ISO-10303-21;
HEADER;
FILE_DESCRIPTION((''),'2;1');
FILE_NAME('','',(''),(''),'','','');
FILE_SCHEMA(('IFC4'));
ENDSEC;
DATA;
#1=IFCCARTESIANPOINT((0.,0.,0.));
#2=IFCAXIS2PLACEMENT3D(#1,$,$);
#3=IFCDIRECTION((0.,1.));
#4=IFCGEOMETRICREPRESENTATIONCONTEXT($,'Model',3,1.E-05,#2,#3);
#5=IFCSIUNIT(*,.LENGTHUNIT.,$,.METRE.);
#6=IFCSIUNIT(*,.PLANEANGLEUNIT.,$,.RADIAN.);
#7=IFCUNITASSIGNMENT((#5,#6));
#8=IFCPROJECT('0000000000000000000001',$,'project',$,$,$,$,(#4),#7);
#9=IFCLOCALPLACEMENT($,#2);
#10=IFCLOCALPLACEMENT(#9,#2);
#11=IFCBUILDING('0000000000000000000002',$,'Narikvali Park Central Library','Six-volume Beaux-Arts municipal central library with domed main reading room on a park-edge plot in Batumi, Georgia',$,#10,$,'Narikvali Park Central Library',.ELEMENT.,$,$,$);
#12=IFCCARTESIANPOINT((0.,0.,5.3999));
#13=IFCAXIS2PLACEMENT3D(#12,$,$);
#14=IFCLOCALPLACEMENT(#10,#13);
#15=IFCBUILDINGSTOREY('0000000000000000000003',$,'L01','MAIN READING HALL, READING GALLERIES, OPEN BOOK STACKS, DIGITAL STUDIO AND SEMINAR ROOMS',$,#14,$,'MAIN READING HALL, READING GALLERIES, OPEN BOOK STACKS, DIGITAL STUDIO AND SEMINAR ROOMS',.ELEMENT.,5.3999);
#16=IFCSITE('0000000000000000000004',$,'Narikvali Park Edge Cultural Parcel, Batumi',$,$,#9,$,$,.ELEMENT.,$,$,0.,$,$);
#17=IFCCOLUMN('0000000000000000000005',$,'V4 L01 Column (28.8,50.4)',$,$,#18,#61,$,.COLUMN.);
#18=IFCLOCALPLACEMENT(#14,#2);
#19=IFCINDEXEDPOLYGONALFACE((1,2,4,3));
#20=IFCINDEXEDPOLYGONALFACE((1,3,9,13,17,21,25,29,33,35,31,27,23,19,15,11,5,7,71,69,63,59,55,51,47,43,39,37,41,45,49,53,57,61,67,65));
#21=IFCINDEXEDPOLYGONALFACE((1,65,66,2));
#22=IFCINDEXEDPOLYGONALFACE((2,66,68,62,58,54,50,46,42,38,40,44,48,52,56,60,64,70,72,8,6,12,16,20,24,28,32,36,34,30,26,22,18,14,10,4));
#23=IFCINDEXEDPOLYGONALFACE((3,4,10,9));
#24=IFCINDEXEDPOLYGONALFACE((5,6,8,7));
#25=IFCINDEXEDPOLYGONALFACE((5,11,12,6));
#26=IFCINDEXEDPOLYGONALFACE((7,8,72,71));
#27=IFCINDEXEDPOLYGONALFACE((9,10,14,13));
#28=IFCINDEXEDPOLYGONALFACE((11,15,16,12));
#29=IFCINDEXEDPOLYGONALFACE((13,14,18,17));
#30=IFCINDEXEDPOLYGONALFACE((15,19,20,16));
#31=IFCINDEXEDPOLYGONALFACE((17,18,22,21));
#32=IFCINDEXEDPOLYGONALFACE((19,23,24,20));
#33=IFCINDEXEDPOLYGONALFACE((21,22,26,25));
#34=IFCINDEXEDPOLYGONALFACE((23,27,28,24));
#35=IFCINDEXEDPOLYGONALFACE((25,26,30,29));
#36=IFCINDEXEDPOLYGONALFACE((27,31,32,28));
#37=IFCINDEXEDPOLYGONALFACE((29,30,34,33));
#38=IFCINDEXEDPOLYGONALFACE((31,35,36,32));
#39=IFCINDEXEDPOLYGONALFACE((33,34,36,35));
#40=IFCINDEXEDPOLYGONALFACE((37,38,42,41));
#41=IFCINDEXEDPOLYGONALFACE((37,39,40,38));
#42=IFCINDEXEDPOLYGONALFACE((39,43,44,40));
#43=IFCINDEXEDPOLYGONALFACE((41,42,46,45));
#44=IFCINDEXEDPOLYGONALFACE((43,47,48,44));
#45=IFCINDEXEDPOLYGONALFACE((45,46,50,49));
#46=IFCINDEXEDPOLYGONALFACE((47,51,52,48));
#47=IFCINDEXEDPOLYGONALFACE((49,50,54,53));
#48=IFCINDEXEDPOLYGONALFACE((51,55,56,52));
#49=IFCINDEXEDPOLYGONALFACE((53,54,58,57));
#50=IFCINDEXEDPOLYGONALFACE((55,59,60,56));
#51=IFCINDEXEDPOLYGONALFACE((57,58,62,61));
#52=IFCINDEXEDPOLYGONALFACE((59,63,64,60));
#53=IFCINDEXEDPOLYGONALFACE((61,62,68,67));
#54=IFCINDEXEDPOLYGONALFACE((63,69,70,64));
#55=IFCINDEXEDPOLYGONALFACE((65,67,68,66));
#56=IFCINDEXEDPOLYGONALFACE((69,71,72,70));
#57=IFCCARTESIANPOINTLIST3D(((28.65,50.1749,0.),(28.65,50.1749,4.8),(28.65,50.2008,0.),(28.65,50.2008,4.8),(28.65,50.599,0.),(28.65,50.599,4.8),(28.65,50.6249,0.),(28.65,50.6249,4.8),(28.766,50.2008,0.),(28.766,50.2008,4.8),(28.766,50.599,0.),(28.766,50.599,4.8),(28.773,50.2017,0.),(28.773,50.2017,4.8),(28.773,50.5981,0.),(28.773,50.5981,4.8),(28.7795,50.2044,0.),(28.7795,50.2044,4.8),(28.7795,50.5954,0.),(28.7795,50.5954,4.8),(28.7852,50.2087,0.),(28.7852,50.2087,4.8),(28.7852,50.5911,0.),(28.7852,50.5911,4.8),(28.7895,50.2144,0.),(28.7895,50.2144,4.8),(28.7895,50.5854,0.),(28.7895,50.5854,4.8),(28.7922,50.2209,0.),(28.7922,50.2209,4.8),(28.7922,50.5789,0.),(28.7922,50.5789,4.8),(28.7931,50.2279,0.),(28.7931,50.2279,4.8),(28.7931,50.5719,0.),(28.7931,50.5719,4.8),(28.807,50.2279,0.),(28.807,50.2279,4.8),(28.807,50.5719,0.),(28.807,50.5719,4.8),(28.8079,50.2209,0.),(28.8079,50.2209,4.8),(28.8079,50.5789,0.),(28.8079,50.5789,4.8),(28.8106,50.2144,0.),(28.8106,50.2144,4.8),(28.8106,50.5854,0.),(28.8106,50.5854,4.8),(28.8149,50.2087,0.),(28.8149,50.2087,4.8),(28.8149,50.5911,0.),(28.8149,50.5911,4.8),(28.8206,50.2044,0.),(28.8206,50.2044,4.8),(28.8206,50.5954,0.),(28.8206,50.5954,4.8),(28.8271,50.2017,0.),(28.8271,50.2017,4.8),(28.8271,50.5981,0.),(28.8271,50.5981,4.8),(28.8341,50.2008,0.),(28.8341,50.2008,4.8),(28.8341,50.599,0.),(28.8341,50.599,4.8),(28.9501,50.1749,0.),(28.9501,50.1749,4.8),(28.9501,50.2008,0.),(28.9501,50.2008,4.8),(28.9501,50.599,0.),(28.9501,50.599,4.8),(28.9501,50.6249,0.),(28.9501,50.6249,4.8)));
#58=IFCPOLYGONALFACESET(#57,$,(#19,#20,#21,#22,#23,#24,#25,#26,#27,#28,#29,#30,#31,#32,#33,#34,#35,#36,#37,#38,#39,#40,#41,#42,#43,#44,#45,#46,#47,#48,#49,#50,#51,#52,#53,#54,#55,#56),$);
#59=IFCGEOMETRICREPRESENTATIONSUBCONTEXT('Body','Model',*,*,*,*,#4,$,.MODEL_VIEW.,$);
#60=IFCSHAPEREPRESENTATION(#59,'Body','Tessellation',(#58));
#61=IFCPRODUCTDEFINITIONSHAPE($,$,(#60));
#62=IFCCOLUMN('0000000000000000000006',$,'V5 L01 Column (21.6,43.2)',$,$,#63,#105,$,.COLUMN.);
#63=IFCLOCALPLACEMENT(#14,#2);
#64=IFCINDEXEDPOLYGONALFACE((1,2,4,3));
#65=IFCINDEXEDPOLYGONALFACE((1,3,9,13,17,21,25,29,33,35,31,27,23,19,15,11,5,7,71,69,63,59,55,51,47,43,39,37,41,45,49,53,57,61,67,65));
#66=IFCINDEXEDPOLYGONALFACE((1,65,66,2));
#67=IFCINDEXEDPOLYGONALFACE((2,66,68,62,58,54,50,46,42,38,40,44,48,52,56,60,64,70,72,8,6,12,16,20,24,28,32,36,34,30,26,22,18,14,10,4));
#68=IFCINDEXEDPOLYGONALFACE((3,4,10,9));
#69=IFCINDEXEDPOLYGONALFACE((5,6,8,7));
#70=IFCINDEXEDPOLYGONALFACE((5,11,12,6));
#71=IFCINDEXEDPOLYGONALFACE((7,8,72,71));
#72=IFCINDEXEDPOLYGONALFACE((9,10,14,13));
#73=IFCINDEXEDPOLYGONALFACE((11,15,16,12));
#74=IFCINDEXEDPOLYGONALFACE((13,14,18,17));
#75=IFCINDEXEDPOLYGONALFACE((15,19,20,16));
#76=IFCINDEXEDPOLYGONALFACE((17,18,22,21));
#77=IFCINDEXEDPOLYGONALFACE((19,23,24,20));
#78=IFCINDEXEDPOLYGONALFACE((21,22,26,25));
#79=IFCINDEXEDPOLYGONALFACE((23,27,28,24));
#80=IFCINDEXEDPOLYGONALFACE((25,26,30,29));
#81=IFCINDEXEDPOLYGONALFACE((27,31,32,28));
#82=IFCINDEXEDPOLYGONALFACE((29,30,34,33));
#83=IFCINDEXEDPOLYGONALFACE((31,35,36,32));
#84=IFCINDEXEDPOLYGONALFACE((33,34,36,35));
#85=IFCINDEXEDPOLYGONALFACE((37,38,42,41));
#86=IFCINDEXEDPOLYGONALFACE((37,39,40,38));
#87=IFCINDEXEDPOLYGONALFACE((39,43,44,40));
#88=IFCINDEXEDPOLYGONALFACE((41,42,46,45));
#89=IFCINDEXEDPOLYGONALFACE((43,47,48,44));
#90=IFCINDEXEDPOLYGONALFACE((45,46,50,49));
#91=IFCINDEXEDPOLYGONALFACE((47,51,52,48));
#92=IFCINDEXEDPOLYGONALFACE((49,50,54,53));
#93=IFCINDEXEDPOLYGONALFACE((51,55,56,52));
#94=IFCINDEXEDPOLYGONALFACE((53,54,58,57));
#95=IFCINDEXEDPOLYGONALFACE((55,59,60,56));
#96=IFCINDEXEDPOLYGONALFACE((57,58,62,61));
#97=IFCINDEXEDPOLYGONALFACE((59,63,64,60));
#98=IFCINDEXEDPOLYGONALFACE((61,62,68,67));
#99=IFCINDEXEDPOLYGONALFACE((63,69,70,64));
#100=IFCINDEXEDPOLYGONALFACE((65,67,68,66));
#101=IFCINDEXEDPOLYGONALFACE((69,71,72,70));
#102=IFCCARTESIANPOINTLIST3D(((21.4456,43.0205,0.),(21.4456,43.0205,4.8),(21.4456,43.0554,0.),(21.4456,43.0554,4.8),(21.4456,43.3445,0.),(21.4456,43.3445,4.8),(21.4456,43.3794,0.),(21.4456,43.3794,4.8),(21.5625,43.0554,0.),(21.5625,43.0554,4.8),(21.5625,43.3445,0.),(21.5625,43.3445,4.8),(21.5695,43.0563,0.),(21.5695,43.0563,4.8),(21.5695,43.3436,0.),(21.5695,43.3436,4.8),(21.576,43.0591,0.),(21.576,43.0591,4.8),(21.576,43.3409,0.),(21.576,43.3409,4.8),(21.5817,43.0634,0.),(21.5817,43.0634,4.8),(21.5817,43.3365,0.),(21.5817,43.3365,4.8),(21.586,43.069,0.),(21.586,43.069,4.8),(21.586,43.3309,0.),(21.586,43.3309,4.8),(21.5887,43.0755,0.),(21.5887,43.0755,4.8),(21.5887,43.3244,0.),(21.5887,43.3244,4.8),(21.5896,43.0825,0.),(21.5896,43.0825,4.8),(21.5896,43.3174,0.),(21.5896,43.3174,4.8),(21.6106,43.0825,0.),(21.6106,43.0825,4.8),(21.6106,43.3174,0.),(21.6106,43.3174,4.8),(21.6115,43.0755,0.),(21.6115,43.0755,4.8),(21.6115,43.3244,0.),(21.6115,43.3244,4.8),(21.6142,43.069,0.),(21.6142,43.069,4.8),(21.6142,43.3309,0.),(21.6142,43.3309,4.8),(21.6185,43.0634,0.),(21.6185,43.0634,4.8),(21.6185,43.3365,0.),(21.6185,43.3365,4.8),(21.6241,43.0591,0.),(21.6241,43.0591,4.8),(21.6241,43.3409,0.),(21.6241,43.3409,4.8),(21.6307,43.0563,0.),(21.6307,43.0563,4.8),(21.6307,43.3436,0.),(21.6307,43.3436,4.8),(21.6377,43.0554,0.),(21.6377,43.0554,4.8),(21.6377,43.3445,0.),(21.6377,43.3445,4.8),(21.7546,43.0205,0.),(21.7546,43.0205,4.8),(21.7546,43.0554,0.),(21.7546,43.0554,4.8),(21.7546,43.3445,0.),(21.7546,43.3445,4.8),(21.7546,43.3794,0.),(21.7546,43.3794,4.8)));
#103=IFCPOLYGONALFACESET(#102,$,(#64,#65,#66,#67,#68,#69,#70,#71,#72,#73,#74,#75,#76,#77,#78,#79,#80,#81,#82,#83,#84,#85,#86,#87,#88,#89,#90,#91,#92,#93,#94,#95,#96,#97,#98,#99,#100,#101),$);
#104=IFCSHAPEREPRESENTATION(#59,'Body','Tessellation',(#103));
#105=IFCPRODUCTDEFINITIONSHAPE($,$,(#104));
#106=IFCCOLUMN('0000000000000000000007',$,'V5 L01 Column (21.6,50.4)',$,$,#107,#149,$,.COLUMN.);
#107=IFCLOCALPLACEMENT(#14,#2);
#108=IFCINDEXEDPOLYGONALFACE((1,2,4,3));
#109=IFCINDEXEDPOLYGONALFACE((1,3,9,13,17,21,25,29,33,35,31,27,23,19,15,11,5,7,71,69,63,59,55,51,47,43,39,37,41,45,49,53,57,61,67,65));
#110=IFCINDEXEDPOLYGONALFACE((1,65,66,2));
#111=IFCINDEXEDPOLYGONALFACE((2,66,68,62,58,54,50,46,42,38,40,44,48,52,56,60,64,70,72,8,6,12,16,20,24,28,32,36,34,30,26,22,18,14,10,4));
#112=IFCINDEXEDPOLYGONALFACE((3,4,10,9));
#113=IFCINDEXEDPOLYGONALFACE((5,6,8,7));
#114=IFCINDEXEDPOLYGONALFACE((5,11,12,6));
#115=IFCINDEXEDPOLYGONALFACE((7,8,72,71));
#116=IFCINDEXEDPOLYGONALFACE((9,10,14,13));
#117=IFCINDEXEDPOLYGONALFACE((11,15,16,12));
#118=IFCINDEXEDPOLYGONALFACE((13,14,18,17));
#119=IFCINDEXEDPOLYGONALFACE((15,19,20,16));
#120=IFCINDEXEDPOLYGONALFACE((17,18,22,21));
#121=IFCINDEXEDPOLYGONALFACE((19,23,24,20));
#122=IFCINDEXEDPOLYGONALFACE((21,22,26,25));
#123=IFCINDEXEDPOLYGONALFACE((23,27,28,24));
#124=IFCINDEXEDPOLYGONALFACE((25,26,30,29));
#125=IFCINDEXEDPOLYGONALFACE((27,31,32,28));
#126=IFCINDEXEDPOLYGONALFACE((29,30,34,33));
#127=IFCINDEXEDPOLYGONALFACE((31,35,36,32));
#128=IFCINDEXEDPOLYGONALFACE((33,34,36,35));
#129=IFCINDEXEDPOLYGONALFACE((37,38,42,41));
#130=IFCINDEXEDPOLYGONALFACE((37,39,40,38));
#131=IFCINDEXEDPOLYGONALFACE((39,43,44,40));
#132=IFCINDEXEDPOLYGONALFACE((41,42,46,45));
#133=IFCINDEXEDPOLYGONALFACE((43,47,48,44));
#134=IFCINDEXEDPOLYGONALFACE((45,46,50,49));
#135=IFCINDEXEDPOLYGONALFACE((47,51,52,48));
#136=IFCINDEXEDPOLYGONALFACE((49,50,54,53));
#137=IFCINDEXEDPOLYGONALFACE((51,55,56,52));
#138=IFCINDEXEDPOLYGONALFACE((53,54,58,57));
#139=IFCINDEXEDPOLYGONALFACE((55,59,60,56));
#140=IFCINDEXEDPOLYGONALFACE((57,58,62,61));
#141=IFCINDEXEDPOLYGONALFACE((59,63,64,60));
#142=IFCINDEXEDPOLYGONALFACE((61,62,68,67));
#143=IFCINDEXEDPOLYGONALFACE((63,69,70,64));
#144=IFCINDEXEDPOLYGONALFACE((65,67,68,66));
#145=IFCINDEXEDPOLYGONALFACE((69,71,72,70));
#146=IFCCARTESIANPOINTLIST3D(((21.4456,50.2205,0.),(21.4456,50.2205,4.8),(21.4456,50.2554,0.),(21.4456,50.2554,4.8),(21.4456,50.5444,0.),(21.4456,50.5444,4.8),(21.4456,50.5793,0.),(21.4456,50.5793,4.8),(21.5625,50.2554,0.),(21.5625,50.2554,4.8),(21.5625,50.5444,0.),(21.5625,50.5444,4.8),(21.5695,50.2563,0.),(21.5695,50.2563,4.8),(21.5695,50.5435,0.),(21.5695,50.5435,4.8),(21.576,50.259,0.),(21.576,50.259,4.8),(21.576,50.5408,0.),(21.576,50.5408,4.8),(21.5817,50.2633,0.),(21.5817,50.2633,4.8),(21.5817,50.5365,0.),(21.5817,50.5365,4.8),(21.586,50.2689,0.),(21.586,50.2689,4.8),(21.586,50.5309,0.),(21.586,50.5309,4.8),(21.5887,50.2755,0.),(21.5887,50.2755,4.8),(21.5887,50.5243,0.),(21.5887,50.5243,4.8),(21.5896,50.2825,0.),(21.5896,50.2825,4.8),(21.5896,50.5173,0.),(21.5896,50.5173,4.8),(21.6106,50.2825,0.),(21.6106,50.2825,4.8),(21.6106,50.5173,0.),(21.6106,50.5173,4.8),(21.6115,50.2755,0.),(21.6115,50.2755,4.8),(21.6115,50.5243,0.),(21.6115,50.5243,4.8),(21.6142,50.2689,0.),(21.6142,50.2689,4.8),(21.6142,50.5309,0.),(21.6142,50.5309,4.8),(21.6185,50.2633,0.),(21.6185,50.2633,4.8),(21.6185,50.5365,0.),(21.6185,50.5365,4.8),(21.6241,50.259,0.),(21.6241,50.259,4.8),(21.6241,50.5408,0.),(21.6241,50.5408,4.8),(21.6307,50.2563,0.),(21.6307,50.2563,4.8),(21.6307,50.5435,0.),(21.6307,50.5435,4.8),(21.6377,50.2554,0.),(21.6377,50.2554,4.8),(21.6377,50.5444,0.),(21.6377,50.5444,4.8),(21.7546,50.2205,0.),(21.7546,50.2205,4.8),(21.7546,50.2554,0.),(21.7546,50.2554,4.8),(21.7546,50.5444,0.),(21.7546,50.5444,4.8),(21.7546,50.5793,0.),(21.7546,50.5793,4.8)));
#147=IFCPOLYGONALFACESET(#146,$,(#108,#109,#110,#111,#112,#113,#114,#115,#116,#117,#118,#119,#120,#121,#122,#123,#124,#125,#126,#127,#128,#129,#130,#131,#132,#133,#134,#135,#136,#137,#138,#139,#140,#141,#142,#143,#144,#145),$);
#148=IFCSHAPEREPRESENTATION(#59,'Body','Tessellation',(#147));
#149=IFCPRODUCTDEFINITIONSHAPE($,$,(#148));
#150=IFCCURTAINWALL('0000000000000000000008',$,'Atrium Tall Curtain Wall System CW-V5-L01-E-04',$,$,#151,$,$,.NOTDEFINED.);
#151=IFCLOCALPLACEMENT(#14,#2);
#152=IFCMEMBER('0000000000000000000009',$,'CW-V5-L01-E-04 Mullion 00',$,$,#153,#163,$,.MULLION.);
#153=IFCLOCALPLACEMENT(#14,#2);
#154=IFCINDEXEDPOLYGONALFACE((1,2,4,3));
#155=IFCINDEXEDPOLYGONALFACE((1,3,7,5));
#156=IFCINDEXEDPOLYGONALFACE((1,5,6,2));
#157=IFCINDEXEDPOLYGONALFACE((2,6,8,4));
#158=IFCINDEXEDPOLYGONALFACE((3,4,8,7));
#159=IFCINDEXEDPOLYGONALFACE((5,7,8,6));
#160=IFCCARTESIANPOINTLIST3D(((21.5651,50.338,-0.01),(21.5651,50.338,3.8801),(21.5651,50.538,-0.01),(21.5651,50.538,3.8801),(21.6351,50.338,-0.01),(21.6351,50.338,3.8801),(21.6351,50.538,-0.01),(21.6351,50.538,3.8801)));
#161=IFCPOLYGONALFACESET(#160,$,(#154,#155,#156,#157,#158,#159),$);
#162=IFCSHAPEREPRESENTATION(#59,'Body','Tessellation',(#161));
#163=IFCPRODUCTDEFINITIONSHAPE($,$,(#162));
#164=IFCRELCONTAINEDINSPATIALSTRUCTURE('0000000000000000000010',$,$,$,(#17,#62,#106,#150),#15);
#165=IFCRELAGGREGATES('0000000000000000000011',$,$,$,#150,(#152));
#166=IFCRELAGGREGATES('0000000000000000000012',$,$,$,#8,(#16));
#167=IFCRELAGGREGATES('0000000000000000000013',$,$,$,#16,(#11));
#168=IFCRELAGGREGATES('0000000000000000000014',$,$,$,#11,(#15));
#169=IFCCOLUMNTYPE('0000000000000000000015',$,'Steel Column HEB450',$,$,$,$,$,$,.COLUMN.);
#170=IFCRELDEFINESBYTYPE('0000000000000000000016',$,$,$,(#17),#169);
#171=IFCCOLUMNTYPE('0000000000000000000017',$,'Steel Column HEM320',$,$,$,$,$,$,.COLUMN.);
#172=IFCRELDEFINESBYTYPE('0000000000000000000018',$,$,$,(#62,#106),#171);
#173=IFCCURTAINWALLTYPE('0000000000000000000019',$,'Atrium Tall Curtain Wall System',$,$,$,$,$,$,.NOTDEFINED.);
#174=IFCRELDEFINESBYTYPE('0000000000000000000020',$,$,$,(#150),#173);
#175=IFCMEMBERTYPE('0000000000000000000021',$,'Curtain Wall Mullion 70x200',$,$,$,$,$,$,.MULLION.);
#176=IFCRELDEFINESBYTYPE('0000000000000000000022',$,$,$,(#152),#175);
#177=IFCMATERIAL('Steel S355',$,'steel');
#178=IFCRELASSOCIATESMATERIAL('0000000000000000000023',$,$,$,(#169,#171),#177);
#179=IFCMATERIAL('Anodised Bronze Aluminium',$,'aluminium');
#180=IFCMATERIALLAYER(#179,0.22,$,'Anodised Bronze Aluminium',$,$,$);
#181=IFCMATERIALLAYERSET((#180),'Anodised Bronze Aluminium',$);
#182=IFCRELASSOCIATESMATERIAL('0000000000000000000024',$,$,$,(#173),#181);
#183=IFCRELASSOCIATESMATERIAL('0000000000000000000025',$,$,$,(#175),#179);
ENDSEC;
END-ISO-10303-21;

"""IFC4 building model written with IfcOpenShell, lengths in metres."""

from ifc_helpers import new_model, si_unit, direction, frame, origin, origin_2d, place, context, subcontext, project, spatial, rectangle, i_section, extrude, material, layer, layer_set, material_profile, profile_set, type_object, element, aggregate, save


model = new_model("IFC4")

# Units and contexts
model_context = context("Model", 3, precision=1e-05, world=origin(), true_north=direction((0.0, 1.0)))
body_context = subcontext(model_context, "Body", "Model", "MODEL_VIEW")
ifc_project = project(units=[si_unit("LENGTHUNIT", "METRE"), si_unit("PLANEANGLEUNIT", "RADIAN")], contexts=[model_context])

# Site, building, storey
site_placement = place(None, origin())
site = spatial("IfcSite", under=ifc_project, at=site_placement, Name="Narikvali Park Edge Cultural Parcel, Batumi", CompositionType="ELEMENT", RefElevation=0.0)
building_placement = place(site_placement, origin())
building = spatial("IfcBuilding", under=site, at=building_placement, Name="Narikvali Park Central Library", Description="Six-volume Beaux-Arts municipal central library with domed main reading room on a park-edge plot in Batumi, Georgia", LongName="Narikvali Park Central Library", CompositionType="ELEMENT")
storey_placement = place(building_placement, frame((0.0, 0.0, 5.3999)))
storey = spatial("IfcBuildingStorey", under=building, at=storey_placement, Name="L01", Description="MAIN READING HALL, READING GALLERIES, OPEN BOOK STACKS, DIGITAL STUDIO AND SEMINAR ROOMS", LongName="MAIN READING HALL, READING GALLERIES, OPEN BOOK STACKS, DIGITAL STUDIO AND SEMINAR ROOMS", CompositionType="ELEMENT", Elevation=5.3999)

# Columns
ifc_material_1 = material(Name="Steel S355", Category="steel")
ifc_material_profile_1 = material_profile(ifc_material_1, i_section(OverallWidth=0.3, OverallDepth=0.45, WebThickness=0.0139, FlangeThickness=0.0259, FilletRadius=0.0271, at=origin_2d()), Name="HEB 450")
ifc_profile_set_1 = profile_set([ifc_material_profile_1], Name="Steel S355")
column_type_1 = type_object("IfcColumnType", Name="Steel Column HEB450", PredefinedType="COLUMN", material=ifc_profile_set_1)
column_placement = place(storey_placement, frame((28.8, 50.3999, 0.0), z_axis=(0.0, 0.0, 1.0), x_axis=(1.0, 0.0, 0.0)))
element("IfcColumn", 1, at=column_placement, inside=storey, type_object=column_type_1, Name="V4 L01 Column (28.8,50.4)", PredefinedType="COLUMN", context=body_context, shape_type="SweptSolid", body=[
    extrude(i_section(OverallWidth=0.3, OverallDepth=0.45, WebThickness=0.0139, FlangeThickness=0.0259, FilletRadius=0.0271, at=origin_2d()), origin(), (0.0, 0.0, 1.0), 4.8),
])
ifc_material_profile_2 = material_profile(ifc_material_1, i_section(OverallWidth=0.3091, OverallDepth=0.3589, WebThickness=0.021, FlangeThickness=0.0349, FilletRadius=0.0271, at=origin_2d()), Name="HEM 320")
ifc_profile_set_2 = profile_set([ifc_material_profile_2], Name="Steel S355")
column_type_2 = type_object("IfcColumnType", Name="Steel Column HEM320", PredefinedType="COLUMN", material=ifc_profile_set_2)
for number, where, z_axis, x_axis, name in (
    (2, (21.6001, 43.2, 0.0), (0.0, 0.0, 1.0), (1.0, 0.0, 0.0), "V5 L01 Column (21.6,43.2)"),
    (3, (21.6001, 50.3999, 0.0), (0.0, 0.0, 1.0), (1.0, 0.0, 0.0), "V5 L01 Column (21.6,50.4)"),
):
    element("IfcColumn", number, at=place(storey_placement, frame(where, z_axis=z_axis, x_axis=x_axis)), inside=storey, type_object=column_type_2, Name=name, PredefinedType="COLUMN", context=body_context, shape_type="SweptSolid", body=[
        extrude(i_section(OverallWidth=0.3091, OverallDepth=0.3589, WebThickness=0.021, FlangeThickness=0.0349, FilletRadius=0.0271, at=origin_2d()), origin(), (0.0, 0.0, 1.0), 4.8),
    ])

# Curtain wall, member
ifc_material_2 = material(Name="Anodised Bronze Aluminium", Category="aluminium")
ifc_layer_1 = layer(ifc_material_2, 0.22, Name="Anodised Bronze Aluminium")
ifc_layer_set_1 = layer_set([ifc_layer_1], Name="Anodised Bronze Aluminium")
curtain_wall_type = type_object("IfcCurtainWallType", Name="Atrium Tall Curtain Wall System", PredefinedType="NOTDEFINED", material=ifc_layer_set_1)
curtain_wall_placement = place(storey_placement, origin())
curtain_wall = element("IfcCurtainWall", 4, at=curtain_wall_placement, inside=storey, type_object=curtain_wall_type, Name="Atrium Tall Curtain Wall System CW-V5-L01-E-04", PredefinedType="NOTDEFINED")
ifc_material_profile_3 = material_profile(ifc_material_2, rectangle(XDim=0.0701, YDim=0.2, at=origin_2d()), Name="CW MULLION 70x200")
ifc_profile_set_3 = profile_set([ifc_material_profile_3], Name="Anodised Bronze Aluminium")
member_type = type_object("IfcMemberType", Name="Curtain Wall Mullion 70x200", PredefinedType="MULLION", material=ifc_profile_set_3)
member_placement = place(storey_placement, frame((21.6001, 50.438, -0.01), z_axis=(0.0, 0.0, 1.0), x_axis=(1.0, 0.0, 0.0)))
member = element("IfcMember", 5, at=member_placement, type_object=member_type, Name="CW-V5-L01-E-04 Mullion 00", PredefinedType="MULLION", context=body_context, shape_type="SweptSolid", body=[
    extrude(rectangle(XDim=0.0701, YDim=0.2, at=origin_2d()), origin(), (0.0, 0.0, 1.0), 3.8901),
])
aggregate(curtain_wall, [member])

save(model, "model.ifc")
